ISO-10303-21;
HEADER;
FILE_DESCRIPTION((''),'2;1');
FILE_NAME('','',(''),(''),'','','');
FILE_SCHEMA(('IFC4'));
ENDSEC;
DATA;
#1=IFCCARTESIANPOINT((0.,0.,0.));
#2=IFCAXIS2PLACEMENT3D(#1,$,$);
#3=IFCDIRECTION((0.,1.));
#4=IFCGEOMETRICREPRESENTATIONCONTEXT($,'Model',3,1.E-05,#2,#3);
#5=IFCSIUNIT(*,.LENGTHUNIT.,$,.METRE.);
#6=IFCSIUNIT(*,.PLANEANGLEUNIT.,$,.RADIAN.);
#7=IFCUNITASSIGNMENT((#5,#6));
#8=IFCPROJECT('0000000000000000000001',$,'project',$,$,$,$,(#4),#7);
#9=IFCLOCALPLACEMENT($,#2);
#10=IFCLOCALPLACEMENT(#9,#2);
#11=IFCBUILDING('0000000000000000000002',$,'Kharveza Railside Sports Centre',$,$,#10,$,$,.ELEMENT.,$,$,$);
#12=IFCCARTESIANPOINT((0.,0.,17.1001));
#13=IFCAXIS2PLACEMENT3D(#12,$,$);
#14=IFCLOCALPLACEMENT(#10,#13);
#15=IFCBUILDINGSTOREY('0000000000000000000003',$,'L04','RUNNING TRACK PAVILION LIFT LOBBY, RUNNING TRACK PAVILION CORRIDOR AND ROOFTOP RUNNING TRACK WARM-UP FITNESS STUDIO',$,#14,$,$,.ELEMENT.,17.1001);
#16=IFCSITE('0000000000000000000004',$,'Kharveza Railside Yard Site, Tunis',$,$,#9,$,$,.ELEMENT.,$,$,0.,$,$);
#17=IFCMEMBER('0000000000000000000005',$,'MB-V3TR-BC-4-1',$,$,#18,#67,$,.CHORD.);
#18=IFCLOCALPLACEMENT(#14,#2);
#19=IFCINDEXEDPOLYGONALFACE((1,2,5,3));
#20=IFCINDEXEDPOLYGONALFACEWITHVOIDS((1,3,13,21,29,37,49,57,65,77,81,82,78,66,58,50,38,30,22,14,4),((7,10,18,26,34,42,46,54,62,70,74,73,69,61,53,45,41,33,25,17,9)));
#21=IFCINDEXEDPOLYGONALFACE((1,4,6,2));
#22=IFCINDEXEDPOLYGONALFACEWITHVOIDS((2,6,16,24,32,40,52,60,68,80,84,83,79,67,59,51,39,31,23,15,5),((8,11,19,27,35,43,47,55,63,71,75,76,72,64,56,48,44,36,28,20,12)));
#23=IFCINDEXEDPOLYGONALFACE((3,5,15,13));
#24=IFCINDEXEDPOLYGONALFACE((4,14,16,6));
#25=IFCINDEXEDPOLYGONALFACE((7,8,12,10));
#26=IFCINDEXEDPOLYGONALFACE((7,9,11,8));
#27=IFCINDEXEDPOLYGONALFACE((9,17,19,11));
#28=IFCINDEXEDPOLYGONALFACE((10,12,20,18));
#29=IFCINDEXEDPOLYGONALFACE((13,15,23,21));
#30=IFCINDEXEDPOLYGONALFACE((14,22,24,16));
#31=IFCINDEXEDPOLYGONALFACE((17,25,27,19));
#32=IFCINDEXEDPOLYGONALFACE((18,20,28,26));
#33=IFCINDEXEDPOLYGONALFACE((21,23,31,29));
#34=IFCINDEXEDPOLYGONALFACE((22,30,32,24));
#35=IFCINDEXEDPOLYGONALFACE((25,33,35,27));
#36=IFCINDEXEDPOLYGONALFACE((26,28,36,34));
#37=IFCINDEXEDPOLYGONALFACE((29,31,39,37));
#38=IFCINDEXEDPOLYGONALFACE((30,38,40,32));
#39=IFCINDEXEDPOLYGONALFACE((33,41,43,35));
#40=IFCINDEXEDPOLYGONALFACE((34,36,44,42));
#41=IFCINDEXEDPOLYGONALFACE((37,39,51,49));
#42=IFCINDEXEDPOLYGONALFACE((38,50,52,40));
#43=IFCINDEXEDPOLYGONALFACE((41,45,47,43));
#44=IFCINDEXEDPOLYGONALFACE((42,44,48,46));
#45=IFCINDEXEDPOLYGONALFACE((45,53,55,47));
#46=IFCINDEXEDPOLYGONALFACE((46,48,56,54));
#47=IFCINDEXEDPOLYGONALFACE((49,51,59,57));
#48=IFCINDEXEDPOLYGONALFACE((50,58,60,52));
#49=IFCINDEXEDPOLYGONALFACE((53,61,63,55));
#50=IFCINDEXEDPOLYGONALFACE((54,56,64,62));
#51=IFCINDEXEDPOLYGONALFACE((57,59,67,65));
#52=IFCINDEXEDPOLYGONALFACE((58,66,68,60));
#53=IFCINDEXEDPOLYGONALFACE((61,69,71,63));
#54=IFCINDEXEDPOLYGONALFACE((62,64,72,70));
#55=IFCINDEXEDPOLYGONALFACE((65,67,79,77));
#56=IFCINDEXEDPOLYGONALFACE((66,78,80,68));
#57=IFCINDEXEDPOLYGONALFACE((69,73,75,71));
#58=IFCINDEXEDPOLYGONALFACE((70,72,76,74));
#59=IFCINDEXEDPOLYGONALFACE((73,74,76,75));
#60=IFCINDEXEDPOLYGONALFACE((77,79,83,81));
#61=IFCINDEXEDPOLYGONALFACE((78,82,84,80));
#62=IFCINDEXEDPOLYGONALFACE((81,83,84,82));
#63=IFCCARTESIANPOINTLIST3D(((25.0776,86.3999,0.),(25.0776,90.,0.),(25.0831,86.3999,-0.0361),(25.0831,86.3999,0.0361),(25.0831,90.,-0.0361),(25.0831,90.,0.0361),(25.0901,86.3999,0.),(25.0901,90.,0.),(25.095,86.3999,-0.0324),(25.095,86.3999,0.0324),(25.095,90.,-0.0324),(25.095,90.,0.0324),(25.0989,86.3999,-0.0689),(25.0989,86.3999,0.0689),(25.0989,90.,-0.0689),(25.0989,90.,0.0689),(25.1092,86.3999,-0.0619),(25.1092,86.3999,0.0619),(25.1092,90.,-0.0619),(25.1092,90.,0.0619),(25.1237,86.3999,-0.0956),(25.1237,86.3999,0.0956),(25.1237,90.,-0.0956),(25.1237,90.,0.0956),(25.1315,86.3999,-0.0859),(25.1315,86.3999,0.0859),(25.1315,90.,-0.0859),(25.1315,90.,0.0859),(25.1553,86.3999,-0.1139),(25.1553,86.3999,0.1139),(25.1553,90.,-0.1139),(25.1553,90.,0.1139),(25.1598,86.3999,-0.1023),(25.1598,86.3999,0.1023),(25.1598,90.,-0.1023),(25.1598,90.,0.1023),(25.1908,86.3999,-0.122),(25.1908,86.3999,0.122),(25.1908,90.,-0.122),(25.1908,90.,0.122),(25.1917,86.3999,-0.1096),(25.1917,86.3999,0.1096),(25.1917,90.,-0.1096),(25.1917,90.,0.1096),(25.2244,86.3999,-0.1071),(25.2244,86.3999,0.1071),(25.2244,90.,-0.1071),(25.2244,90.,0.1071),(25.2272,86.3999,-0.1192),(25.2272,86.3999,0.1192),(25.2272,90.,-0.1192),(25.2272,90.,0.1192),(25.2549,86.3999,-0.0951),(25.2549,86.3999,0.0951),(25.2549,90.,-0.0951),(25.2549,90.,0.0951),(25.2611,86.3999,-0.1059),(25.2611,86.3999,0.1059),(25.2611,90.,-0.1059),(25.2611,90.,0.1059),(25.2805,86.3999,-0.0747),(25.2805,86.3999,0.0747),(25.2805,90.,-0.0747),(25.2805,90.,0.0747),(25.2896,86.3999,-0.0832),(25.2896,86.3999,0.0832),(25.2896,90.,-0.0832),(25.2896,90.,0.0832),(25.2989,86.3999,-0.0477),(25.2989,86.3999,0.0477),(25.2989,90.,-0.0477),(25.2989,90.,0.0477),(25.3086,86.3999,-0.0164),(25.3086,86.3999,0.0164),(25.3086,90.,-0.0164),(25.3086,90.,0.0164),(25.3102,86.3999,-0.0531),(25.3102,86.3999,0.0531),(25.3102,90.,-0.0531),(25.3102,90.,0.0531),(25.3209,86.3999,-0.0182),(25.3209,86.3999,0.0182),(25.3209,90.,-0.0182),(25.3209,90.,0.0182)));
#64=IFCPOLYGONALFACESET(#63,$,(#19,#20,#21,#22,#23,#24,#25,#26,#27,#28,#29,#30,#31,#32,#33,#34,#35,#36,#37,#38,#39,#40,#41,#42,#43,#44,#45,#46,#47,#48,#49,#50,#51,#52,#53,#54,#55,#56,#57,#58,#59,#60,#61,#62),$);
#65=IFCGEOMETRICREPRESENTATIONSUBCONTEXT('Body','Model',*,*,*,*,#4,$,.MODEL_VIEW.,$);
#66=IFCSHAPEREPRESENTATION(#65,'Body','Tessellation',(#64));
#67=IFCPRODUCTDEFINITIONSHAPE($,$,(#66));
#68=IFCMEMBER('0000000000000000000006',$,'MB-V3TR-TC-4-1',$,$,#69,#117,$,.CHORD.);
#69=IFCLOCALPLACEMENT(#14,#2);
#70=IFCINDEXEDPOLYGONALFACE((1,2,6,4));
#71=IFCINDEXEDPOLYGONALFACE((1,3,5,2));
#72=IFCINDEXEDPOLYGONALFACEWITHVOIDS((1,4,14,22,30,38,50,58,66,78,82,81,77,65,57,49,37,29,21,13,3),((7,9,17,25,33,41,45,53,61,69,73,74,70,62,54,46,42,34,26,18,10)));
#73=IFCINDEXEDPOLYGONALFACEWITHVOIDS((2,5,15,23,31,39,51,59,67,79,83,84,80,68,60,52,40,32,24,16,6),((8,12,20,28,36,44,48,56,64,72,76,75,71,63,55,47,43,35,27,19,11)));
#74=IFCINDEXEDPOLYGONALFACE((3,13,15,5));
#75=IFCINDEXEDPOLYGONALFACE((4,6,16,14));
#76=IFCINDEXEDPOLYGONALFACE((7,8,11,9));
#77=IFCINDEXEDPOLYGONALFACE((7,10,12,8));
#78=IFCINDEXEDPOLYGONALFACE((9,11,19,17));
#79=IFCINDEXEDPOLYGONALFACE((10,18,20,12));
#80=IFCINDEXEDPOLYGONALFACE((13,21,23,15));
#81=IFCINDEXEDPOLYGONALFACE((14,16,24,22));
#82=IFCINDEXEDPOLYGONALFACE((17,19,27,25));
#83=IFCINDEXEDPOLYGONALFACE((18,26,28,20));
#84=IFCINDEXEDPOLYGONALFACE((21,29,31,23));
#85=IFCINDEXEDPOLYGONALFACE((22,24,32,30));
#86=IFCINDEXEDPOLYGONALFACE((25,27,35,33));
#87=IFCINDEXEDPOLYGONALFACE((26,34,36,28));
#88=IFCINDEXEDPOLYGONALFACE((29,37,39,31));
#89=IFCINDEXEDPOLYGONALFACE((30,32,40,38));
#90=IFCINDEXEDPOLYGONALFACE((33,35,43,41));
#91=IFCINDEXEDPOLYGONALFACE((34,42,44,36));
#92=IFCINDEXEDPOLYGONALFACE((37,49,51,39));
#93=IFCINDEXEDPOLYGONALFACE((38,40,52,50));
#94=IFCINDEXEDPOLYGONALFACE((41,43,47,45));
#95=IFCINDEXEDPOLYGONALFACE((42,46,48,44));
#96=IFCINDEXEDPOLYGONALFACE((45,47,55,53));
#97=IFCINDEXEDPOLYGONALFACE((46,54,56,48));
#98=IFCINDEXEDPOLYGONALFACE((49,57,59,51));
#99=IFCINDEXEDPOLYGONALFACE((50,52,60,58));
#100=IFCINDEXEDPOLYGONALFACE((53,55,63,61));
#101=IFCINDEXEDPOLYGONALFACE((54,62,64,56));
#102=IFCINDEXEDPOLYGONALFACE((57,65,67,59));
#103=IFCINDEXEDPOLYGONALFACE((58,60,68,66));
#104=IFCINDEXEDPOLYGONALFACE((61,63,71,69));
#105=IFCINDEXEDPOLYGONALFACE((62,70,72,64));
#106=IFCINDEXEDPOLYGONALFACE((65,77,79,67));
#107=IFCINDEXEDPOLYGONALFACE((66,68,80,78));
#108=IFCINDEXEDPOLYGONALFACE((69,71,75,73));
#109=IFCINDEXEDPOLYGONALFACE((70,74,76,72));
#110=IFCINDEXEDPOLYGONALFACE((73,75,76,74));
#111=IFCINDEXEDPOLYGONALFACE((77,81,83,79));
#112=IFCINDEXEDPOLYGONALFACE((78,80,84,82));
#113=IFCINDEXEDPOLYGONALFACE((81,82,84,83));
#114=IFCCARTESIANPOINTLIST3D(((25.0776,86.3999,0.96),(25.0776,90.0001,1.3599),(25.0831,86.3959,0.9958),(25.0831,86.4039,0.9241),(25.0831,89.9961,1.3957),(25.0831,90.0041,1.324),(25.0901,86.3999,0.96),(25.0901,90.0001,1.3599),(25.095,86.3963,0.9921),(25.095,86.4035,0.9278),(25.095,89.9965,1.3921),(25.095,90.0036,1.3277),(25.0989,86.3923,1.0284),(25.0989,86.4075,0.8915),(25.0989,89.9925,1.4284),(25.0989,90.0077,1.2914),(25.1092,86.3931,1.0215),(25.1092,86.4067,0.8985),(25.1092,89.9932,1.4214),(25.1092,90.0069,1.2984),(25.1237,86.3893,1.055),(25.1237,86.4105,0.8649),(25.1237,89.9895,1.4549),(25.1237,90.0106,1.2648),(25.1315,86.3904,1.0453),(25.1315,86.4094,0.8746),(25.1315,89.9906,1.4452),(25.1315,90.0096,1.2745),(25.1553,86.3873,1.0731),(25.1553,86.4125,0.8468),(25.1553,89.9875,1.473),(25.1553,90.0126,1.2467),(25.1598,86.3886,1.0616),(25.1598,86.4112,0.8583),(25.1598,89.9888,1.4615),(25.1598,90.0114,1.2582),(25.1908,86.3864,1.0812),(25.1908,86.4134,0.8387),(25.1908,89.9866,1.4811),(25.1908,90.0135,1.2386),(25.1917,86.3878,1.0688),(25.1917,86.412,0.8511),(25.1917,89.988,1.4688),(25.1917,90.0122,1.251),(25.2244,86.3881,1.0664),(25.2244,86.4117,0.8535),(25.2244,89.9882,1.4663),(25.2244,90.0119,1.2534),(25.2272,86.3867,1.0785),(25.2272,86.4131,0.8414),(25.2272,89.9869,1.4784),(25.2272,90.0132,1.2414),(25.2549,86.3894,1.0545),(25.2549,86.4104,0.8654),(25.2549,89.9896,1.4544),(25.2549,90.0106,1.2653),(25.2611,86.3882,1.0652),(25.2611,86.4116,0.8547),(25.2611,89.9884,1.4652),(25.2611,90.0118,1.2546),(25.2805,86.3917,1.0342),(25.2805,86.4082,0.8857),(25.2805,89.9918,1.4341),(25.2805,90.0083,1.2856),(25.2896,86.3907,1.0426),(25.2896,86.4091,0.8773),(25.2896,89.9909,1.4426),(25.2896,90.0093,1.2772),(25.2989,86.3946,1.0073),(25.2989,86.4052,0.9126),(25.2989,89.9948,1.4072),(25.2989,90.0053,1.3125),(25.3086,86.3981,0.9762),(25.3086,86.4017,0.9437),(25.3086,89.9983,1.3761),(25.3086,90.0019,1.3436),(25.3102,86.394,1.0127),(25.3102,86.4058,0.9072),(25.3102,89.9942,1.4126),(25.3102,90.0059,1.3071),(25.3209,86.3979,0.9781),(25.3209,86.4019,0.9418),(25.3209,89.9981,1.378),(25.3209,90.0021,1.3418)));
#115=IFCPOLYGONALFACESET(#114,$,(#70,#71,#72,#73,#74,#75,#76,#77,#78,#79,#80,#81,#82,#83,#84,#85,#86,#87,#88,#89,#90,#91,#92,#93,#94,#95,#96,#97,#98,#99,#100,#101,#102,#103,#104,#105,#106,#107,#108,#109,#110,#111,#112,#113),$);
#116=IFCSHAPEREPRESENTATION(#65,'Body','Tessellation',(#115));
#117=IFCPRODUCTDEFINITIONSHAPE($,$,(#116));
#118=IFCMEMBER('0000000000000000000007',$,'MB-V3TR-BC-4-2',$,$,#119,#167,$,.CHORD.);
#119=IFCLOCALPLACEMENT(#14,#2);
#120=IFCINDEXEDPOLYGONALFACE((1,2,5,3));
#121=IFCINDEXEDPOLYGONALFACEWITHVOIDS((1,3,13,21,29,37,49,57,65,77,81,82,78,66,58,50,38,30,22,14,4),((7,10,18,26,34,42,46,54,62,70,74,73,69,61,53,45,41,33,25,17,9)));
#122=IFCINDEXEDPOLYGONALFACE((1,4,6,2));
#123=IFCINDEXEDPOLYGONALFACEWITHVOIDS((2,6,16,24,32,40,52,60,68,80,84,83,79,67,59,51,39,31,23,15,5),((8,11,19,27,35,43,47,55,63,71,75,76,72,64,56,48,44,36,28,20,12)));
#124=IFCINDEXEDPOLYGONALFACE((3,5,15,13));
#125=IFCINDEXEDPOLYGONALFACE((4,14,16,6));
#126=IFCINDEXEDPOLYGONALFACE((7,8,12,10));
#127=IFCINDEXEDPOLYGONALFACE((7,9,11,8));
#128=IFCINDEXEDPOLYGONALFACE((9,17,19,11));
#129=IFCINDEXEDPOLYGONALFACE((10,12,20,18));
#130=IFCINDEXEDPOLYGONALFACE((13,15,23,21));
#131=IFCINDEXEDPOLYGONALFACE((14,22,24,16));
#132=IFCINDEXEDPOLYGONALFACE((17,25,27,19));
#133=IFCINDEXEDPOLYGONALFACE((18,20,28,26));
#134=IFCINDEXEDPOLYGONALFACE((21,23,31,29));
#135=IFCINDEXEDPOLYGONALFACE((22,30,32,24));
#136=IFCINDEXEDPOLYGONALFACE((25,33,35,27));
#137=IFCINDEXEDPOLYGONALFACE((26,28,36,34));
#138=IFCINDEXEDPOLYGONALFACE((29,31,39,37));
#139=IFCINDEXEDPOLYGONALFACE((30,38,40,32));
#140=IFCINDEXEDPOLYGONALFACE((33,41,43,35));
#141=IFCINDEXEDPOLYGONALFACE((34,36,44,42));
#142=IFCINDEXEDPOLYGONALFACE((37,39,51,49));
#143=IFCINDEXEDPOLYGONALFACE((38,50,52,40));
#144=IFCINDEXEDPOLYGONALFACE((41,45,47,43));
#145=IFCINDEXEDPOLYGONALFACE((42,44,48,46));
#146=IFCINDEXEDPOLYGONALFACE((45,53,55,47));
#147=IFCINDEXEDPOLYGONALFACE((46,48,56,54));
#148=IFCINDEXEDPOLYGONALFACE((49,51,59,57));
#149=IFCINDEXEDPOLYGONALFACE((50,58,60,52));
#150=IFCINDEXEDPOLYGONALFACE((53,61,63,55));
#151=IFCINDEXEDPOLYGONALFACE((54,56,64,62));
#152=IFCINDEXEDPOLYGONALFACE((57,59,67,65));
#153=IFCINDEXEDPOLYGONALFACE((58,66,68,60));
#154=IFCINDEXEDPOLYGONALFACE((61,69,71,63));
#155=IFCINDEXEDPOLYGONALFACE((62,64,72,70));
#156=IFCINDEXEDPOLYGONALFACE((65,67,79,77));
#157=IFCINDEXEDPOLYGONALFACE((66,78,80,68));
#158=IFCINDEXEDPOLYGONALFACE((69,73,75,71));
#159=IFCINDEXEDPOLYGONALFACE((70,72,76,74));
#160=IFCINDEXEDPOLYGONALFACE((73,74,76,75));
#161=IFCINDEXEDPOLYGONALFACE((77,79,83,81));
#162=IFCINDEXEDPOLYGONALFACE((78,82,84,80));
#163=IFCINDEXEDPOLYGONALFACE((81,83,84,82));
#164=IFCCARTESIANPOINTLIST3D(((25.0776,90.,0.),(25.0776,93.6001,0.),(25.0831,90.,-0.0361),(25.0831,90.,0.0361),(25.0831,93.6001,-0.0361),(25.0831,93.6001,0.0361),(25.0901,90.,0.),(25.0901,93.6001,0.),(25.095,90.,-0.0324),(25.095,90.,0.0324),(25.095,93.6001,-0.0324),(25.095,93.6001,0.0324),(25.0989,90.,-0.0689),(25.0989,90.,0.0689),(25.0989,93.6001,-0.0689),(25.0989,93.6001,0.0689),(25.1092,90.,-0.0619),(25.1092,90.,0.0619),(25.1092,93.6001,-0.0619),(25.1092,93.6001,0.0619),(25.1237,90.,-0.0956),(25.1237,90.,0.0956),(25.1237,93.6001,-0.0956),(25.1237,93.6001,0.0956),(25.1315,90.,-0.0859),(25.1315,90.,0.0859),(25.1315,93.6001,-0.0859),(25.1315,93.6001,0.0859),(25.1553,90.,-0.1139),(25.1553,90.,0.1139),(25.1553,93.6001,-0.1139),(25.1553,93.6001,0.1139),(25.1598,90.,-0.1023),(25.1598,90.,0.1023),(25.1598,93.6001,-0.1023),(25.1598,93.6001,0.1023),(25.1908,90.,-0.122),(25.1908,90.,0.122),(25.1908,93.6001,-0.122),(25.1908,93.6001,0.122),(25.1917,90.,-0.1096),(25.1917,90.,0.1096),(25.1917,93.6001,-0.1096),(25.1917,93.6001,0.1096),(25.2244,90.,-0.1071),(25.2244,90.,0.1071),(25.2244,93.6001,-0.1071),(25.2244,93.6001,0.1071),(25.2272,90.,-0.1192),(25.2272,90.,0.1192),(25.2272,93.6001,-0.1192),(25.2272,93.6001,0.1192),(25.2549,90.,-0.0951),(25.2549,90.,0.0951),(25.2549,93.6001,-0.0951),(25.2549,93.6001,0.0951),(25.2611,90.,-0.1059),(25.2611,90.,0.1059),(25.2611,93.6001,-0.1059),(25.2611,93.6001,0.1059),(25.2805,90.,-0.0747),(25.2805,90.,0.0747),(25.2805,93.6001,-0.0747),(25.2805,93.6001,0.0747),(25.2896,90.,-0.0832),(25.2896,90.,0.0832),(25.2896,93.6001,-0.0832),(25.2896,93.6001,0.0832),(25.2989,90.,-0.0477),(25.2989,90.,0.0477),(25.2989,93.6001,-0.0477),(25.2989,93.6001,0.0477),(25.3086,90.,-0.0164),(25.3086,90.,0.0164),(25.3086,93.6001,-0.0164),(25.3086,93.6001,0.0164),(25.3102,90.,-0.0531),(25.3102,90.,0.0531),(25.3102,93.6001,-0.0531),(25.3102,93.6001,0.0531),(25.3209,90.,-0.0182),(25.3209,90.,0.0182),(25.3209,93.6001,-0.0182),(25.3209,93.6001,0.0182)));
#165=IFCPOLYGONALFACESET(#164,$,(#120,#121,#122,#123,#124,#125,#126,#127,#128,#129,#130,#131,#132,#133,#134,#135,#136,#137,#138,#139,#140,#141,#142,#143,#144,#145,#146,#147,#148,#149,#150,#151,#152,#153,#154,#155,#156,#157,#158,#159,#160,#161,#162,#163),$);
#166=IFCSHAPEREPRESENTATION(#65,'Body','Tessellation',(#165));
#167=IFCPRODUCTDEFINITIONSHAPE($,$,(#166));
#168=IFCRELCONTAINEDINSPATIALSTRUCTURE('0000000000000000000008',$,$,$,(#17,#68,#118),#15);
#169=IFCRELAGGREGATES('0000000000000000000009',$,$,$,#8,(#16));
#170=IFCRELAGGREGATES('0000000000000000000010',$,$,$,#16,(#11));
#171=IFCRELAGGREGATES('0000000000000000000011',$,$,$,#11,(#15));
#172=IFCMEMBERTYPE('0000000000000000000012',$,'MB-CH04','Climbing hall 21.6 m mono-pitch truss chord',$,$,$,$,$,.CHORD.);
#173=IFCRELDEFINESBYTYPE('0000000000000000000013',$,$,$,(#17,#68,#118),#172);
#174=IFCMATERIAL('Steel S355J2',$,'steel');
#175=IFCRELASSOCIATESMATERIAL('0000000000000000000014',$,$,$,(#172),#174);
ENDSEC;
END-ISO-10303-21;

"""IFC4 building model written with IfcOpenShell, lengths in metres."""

from ifc_helpers import new_model, si_unit, direction, frame, origin, origin_2d, place, context, subcontext, project, spatial, hollow_circle, extrude, material, material_profile, profile_set, type_object, element, save


model = new_model("IFC4")

# Units and contexts
model_context = context("Model", 3, precision=1e-05, world=origin(), true_north=direction((0.0, 1.0)))
body_context = subcontext(model_context, "Body", "Model", "MODEL_VIEW")
ifc_project = project(units=[si_unit("LENGTHUNIT", "METRE"), si_unit("PLANEANGLEUNIT", "RADIAN")], contexts=[model_context])

# Site, building, storey
site_placement = place(None, origin())
site = spatial("IfcSite", under=ifc_project, at=site_placement, Name="Kharveza Railside Yard Site, Tunis", CompositionType="ELEMENT", RefElevation=0.0)
building_placement = place(site_placement, origin())
building = spatial("IfcBuilding", under=site, at=building_placement, Name="Kharveza Railside Sports Centre", CompositionType="ELEMENT")
storey_placement = place(building_placement, frame((0.0, 0.0, 17.1001)))
storey = spatial("IfcBuildingStorey", under=building, at=storey_placement, Name="L04", Description="RUNNING TRACK PAVILION LIFT LOBBY, RUNNING TRACK PAVILION CORRIDOR AND ROOFTOP RUNNING TRACK WARM-UP FITNESS STUDIO", CompositionType="ELEMENT", Elevation=17.1001)

# Members
ifc_material_1 = material(Name="Steel S355J2", Category="steel")
ifc_material_profile_1 = material_profile(ifc_material_1, hollow_circle(Radius=0.1223, WallThickness=0.0125, at=origin_2d()), Name="CHS 244.5x12.5")
ifc_profile_set_1 = profile_set([ifc_material_profile_1], Name="Steel S355J2")
member_type_1 = type_object("IfcMemberType", Name="MB-CH04", Description="Climbing hall 21.6 m mono-pitch truss chord", PredefinedType="CHORD", material=ifc_profile_set_1)
member_1_placement = place(storey_placement, frame((25.2, 86.3999, 0.0), z_axis=(0.0, 1.0, 0.0), x_axis=(-1.0, 0.0, 0.0)))
element("IfcMember", 1, at=member_1_placement, inside=storey, type_object=member_type_1, Name="MB-V3TR-BC-4-1", PredefinedType="CHORD", context=body_context, shape_type="SweptSolid", body=[
    extrude(hollow_circle(Radius=0.1223, WallThickness=0.0125, at=origin_2d()), origin(), (0.0, 0.0, 1.0), 3.6001),
])
member_2_placement = place(storey_placement, frame((25.2, 86.3999, 0.96), z_axis=(0.0, 0.993887, 0.110402), x_axis=(-1.0, 0.0, 0.0)))
element("IfcMember", 2, at=member_2_placement, inside=storey, type_object=member_type_1, Name="MB-V3TR-TC-4-1", PredefinedType="CHORD", context=body_context, shape_type="SweptSolid", body=[
    extrude(hollow_circle(Radius=0.1223, WallThickness=0.0125, at=origin_2d()), origin(), (0.0, 0.0, 1.0), 3.6223),
])
member_3_placement = place(storey_placement, frame((25.2, 90.0, 0.0), z_axis=(0.0, 1.0, 0.0), x_axis=(-1.0, 0.0, 0.0)))
element("IfcMember", 3, at=member_3_placement, inside=storey, type_object=member_type_1, Name="MB-V3TR-BC-4-2", PredefinedType="CHORD", context=body_context, shape_type="SweptSolid", body=[
    extrude(hollow_circle(Radius=0.1223, WallThickness=0.0125, at=origin_2d()), origin(), (0.0, 0.0, 1.0), 3.6001),
])

save(model, "model.ifc")
